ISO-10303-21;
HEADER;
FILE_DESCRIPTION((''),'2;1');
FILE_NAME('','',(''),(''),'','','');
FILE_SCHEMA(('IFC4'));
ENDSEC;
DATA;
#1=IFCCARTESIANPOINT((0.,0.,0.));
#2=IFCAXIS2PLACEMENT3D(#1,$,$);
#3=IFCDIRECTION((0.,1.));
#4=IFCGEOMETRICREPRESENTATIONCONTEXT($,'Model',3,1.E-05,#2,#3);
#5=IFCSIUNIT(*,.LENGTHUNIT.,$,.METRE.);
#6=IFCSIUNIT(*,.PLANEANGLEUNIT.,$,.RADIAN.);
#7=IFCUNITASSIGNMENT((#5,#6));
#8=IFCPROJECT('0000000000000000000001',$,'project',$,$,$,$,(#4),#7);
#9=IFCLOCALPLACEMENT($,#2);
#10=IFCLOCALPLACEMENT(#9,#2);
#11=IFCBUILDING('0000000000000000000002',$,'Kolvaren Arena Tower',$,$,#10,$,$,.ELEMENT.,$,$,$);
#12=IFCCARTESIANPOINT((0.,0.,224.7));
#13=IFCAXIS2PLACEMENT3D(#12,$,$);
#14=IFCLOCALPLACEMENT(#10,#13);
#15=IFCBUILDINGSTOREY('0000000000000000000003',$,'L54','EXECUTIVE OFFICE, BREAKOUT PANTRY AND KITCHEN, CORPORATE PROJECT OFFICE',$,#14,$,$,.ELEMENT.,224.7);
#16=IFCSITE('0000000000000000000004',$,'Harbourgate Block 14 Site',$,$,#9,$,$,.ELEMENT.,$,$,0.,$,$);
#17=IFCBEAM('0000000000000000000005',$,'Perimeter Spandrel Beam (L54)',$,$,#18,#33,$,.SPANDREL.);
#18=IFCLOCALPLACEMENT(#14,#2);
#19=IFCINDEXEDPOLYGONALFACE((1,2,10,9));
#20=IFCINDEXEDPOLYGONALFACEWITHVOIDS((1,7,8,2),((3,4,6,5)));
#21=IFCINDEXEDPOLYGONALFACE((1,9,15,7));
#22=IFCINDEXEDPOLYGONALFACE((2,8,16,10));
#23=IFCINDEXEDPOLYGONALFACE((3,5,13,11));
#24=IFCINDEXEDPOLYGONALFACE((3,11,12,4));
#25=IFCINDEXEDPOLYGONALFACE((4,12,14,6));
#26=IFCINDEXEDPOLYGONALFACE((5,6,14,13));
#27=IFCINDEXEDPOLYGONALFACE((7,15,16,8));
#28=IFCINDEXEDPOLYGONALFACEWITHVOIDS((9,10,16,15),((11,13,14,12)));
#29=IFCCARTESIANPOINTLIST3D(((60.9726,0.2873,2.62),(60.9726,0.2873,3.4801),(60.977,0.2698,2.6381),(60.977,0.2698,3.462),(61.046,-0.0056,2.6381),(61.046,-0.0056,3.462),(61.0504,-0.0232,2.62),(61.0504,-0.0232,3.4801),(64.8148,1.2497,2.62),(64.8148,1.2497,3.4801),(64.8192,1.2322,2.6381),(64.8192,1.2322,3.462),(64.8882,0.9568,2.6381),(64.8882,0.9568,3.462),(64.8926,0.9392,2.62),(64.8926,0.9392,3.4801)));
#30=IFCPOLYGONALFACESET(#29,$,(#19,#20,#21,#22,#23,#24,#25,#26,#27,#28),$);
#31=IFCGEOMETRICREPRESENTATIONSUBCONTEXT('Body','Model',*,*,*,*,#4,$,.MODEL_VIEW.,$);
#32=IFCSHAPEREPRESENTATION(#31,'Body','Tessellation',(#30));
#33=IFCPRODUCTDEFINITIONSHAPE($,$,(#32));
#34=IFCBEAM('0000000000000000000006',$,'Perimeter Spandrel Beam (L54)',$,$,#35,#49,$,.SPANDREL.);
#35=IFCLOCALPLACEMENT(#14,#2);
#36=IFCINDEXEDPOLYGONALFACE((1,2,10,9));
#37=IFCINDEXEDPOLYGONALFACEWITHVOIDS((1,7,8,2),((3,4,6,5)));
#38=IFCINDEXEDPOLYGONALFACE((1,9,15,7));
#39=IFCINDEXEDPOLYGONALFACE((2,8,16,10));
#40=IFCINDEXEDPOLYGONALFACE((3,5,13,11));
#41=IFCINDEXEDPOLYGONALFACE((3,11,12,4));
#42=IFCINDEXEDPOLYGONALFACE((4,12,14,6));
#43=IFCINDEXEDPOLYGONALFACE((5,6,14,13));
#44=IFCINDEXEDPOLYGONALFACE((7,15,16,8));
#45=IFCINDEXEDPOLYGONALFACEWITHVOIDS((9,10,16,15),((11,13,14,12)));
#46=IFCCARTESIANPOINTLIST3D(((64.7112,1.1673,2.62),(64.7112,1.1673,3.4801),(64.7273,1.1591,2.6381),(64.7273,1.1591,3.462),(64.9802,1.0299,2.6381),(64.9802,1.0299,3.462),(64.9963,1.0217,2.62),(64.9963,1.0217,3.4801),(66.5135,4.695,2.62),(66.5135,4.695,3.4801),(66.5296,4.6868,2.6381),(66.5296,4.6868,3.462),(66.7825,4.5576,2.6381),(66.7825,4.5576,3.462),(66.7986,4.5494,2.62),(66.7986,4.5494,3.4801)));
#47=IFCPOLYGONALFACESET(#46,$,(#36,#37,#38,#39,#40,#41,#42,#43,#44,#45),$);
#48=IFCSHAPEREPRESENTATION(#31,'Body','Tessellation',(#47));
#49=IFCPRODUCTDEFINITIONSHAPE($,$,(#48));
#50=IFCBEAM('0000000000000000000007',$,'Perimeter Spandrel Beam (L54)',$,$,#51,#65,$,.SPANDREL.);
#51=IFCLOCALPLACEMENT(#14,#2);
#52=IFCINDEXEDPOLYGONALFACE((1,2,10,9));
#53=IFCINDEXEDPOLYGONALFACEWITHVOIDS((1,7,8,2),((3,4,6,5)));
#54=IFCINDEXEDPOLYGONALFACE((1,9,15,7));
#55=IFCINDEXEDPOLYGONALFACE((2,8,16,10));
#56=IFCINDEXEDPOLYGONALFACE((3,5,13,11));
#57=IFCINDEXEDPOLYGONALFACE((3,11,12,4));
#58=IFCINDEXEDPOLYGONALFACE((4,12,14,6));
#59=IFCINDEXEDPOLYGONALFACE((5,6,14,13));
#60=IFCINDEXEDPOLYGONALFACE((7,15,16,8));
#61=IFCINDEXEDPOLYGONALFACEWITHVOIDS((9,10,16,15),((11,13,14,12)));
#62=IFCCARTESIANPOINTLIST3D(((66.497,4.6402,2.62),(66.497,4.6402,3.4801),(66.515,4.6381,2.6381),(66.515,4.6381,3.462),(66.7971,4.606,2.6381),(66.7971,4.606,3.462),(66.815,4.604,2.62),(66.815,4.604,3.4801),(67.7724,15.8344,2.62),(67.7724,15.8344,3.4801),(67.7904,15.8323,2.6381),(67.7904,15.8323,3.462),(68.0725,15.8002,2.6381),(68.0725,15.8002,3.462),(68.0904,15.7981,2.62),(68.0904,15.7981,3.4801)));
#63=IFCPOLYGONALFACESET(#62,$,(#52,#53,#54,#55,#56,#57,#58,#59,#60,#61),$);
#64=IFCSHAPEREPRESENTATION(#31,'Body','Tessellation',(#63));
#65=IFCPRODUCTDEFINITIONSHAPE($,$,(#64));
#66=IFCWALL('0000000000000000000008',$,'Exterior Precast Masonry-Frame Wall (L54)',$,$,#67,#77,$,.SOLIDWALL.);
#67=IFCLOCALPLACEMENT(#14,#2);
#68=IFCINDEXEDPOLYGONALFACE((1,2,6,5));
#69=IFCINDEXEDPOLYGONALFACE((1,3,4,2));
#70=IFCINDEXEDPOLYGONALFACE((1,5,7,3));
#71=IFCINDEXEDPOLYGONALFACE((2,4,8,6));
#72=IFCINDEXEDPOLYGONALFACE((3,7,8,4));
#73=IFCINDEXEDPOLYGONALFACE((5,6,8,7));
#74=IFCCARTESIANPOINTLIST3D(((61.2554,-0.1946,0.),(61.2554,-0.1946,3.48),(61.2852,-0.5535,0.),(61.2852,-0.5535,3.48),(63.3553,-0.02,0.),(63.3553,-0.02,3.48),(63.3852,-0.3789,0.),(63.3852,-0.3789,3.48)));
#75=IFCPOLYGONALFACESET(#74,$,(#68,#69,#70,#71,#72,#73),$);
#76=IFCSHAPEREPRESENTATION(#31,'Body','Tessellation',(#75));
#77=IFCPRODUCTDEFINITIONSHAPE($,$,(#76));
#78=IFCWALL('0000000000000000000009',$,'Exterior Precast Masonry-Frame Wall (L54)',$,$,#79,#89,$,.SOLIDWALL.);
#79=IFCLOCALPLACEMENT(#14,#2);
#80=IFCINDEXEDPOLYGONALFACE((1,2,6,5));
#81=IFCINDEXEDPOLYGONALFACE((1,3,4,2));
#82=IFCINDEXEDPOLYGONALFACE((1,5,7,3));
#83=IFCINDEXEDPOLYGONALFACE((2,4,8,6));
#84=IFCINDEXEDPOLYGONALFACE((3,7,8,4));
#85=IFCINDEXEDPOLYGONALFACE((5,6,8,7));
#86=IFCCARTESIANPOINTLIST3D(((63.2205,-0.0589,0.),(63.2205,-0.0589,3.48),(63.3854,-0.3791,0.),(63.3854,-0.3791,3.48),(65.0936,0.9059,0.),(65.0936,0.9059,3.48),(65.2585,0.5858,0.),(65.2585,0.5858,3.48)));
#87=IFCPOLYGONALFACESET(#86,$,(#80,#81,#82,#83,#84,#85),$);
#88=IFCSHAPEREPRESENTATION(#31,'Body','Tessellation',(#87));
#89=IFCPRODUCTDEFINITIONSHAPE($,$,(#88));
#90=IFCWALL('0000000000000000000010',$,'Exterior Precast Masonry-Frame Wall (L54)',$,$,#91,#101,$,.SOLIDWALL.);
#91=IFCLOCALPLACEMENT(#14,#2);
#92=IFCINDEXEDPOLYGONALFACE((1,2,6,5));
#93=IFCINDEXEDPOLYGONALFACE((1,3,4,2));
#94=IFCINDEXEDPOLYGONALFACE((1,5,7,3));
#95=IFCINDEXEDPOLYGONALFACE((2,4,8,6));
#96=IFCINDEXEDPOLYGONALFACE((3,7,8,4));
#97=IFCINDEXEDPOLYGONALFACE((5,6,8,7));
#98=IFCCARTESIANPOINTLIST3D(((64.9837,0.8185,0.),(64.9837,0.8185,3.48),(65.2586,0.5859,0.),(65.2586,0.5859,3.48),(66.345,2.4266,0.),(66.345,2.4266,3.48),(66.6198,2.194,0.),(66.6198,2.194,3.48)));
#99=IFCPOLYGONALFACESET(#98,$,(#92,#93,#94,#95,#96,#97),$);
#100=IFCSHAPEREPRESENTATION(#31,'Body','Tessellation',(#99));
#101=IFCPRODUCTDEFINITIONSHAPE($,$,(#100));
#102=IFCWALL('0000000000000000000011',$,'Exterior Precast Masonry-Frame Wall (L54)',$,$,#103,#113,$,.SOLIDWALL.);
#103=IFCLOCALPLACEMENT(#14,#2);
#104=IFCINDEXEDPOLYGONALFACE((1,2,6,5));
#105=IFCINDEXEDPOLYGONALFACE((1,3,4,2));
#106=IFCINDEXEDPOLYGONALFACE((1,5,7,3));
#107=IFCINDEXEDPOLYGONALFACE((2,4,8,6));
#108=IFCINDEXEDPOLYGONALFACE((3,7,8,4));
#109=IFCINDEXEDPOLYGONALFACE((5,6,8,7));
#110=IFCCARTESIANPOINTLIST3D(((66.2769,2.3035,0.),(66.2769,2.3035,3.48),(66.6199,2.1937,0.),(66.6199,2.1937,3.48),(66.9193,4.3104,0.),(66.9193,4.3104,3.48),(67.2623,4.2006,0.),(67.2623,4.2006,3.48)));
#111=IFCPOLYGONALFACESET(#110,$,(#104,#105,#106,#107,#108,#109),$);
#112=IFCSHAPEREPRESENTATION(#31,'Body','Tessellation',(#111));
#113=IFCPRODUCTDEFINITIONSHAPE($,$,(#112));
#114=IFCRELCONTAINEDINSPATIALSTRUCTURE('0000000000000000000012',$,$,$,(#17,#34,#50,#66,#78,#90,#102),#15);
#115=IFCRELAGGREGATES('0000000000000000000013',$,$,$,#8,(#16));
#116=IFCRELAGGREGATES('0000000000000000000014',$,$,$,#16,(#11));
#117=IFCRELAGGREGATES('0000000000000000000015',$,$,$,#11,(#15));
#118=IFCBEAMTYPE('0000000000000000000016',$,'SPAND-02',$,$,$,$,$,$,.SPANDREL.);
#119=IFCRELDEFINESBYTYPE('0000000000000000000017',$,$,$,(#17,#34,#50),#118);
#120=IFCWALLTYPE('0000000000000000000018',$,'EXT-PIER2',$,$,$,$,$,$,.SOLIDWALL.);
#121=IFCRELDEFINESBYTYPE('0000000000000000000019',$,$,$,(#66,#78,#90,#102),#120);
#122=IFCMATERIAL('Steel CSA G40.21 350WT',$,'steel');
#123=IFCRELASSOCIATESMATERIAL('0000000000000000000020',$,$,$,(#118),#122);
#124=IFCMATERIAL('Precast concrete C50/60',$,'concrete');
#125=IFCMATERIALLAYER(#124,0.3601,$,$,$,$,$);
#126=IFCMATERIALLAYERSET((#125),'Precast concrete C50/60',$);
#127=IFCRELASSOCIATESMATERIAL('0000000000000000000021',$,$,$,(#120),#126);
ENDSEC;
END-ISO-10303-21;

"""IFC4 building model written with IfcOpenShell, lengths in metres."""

from ifc_helpers import new_model, si_unit, direction, frame, frame_2d, origin, origin_2d, place, context, subcontext, project, spatial, rectangle, hollow_rectangle, extrude, material, layer, layer_set, material_profile, profile_set, type_object, element, save


model = new_model("IFC4")

# Units and contexts
model_context = context("Model", 3, precision=1e-05, world=origin(), true_north=direction((0.0, 1.0)))
body_context = subcontext(model_context, "Body", "Model", "MODEL_VIEW")
ifc_project = project(units=[si_unit("LENGTHUNIT", "METRE"), si_unit("PLANEANGLEUNIT", "RADIAN")], contexts=[model_context])

# Site, building, storey
site_placement = place(None, origin())
site = spatial("IfcSite", under=ifc_project, at=site_placement, Name="Harbourgate Block 14 Site", CompositionType="ELEMENT", RefElevation=0.0)
building_placement = place(site_placement, origin())
building = spatial("IfcBuilding", under=site, at=building_placement, Name="Kolvaren Arena Tower", CompositionType="ELEMENT")
storey_placement = place(building_placement, frame((0.0, 0.0, 224.7)))
storey = spatial("IfcBuildingStorey", under=building, at=storey_placement, Name="L54", Description="EXECUTIVE OFFICE, BREAKOUT PANTRY AND KITCHEN, CORPORATE PROJECT OFFICE", CompositionType="ELEMENT", Elevation=224.7)

# Beams
ifc_material_1 = material(Name="Steel CSA G40.21 350WT", Category="steel")
ifc_material_profile_1 = material_profile(ifc_material_1, hollow_rectangle(XDim=0.3201, YDim=0.8601, WallThickness=0.0181, at=origin_2d()), Name="HSS 860x320x18")
ifc_profile_set_1 = profile_set([ifc_material_profile_1], Name="Steel CSA G40.21 350WT")
beam_type_1 = type_object("IfcBeamType", Name="SPAND-02", PredefinedType="SPANDREL", material=ifc_profile_set_1)
beam_1_placement = place(storey_placement, frame((61.0115, 0.1321, 3.05), z_axis=(0.970034, 0.242971, 0.0), x_axis=(-0.242971, 0.970034, 0.0)))
element("IfcBeam", 1, at=beam_1_placement, inside=storey, type_object=beam_type_1, Name="Perimeter Spandrel Beam (L54)", PredefinedType="SPANDREL", context=body_context, shape_type="SweptSolid", body=[
    extrude(hollow_rectangle(XDim=0.3201, YDim=0.8601, WallThickness=0.0181, at=origin_2d()), origin(), (0.0, 0.0, 1.0), 3.9609),
])
beam_2_placement = place(storey_placement, frame((64.8538, 1.0945, 3.05), z_axis=(0.454962, 0.890511, 0.0), x_axis=(-0.890511, 0.454962, 0.0)))
element("IfcBeam", 2, at=beam_2_placement, inside=storey, type_object=beam_type_1, Name="Perimeter Spandrel Beam (L54)", PredefinedType="SPANDREL", context=body_context, shape_type="SweptSolid", body=[
    extrude(hollow_rectangle(XDim=0.3201, YDim=0.8601, WallThickness=0.0181, at=origin_2d()), origin(), (0.0, 0.0, 1.0), 3.9614),
])
beam_3_placement = place(storey_placement, frame((66.656, 4.6221, 3.05), z_axis=(0.113202, 0.993572, 0.0), x_axis=(-0.993572, 0.113202, 0.0)))
element("IfcBeam", 3, at=beam_3_placement, inside=storey, type_object=beam_type_1, Name="Perimeter Spandrel Beam (L54)", PredefinedType="SPANDREL", context=body_context, shape_type="SweptSolid", body=[
    extrude(hollow_rectangle(XDim=0.3201, YDim=0.8601, WallThickness=0.0181, at=origin_2d()), origin(), (0.0, 0.0, 1.0), 11.2666),
])

# Walls
ifc_material_2 = material(Name="Precast concrete C50/60", Category="concrete")
ifc_layer = layer(ifc_material_2, 0.3601)
ifc_layer_set = layer_set([ifc_layer], Name="Precast concrete C50/60")
wall_type = type_object("IfcWallType", Name="EXT-PIER2", PredefinedType="SOLIDWALL", material=ifc_layer_set)
wall_1_placement = place(storey_placement, frame((63.3704, -0.1995, 0.0), z_axis=(0.0, 0.0, 1.0), x_axis=(-0.996563, -0.082844, 0.0)))
element("IfcWall", 4, at=wall_1_placement, inside=storey, type_object=wall_type, Name="Exterior Precast Masonry-Frame Wall (L54)", PredefinedType="SOLIDWALL", context=body_context, shape_type="SweptSolid", body=[
    extrude(rectangle(XDim=2.1072, YDim=0.3601, at=frame_2d((1.0537, 0.0))), origin(), (0.0, 0.0, 1.0), 3.48),
])
for number, where, z_axis, x_axis, name in (
    (5, (65.176, 0.7458, 0.0), (0.0, 0.0, 1.0), (-0.888986, -0.457934, 0.0), "Exterior Precast Masonry-Frame Wall (L54)"),
    (6, (66.4824, 2.3103, 0.0), (0.0, 0.0, 1.0), (-0.646103, -0.76325, 0.0), "Exterior Precast Masonry-Frame Wall (L54)"),
):
    element("IfcWall", number, at=place(storey_placement, frame(where, z_axis=z_axis, x_axis=x_axis)), inside=storey, type_object=wall_type, Name=name, PredefinedType="SOLIDWALL", context=body_context, shape_type="SweptSolid", body=[
        extrude(rectangle(XDim=2.1069, YDim=0.3601, at=frame_2d((1.0535, 0.0))), origin(), (0.0, 0.0, 1.0), 3.48),
    ])
wall_2_placement = place(storey_placement, frame((67.0908, 4.2556, 0.0), z_axis=(0.0, 0.0, 1.0), x_axis=(-0.304839, -0.952404, 0.0)))
element("IfcWall", 7, at=wall_2_placement, inside=storey, type_object=wall_type, Name="Exterior Precast Masonry-Frame Wall (L54)", PredefinedType="SOLIDWALL", context=body_context, shape_type="SweptSolid", body=[
    extrude(rectangle(XDim=2.1072, YDim=0.3601, at=frame_2d((1.0537, 0.0))), origin(), (0.0, 0.0, 1.0), 3.48),
])

save(model, "model.ifc")
